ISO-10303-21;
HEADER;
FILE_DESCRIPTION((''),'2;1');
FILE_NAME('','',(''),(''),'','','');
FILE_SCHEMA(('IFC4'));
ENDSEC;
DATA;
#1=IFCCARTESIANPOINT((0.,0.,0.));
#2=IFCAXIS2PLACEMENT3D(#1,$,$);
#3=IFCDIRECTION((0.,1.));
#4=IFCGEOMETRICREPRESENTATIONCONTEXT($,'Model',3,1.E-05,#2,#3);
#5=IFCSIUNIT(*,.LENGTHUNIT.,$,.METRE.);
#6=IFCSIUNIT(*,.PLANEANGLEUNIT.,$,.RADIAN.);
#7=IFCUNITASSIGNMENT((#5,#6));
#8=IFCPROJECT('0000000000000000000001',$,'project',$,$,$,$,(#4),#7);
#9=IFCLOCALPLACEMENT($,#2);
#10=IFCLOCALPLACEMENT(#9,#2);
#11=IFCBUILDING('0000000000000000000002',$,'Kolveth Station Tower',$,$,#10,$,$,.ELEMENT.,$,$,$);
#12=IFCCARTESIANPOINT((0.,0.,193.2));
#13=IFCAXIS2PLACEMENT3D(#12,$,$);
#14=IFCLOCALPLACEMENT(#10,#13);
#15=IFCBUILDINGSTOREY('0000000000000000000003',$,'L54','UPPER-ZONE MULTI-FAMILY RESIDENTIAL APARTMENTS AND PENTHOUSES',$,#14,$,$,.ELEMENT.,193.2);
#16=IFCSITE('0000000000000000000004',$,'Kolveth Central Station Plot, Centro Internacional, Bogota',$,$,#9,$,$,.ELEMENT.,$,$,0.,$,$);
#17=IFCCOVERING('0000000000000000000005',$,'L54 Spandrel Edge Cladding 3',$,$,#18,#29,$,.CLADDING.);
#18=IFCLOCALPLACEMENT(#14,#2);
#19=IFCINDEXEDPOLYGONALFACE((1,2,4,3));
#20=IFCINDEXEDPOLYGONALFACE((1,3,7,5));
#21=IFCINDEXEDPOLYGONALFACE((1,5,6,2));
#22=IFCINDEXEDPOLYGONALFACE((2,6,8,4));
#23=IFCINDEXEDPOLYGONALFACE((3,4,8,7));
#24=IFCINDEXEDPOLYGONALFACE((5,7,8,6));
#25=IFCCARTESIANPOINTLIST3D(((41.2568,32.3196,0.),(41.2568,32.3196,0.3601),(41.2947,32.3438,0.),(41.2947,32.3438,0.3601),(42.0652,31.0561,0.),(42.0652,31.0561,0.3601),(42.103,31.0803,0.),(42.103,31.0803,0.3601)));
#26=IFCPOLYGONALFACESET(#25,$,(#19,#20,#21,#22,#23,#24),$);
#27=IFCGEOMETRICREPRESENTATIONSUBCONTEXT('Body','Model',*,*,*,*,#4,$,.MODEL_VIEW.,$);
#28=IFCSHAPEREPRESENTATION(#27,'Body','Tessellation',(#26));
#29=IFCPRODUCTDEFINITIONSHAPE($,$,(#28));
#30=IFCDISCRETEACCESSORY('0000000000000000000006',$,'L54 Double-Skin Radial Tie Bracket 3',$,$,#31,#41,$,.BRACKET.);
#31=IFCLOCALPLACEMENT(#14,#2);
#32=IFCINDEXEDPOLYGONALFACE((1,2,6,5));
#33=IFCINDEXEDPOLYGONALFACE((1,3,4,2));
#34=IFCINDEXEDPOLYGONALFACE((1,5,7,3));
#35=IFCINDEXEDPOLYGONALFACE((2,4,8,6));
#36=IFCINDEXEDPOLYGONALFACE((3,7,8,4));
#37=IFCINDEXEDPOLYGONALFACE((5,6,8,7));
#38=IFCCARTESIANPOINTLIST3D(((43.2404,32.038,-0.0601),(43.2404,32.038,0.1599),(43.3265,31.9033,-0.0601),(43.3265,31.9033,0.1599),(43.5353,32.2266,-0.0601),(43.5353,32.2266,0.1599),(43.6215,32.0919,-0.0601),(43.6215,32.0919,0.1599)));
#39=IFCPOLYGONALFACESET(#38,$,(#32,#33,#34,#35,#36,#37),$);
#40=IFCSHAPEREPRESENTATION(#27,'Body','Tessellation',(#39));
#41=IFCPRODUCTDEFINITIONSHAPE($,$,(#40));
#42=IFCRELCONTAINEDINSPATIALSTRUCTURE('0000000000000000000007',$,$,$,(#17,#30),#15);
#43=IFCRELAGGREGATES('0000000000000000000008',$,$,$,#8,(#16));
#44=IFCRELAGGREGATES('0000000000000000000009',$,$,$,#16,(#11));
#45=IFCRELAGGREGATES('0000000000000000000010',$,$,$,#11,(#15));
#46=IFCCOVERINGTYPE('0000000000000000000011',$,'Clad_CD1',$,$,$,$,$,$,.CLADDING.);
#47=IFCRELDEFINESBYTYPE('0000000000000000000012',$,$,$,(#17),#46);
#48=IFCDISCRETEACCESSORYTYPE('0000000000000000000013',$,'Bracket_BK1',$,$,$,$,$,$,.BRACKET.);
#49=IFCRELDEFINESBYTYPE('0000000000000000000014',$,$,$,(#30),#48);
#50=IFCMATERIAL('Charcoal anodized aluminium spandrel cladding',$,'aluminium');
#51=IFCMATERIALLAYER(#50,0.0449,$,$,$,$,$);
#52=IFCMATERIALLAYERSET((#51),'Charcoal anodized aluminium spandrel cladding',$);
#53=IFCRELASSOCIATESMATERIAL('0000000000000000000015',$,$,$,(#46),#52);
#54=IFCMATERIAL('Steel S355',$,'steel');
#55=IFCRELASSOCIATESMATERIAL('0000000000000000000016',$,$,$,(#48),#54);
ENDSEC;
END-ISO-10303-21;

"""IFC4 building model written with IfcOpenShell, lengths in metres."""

from ifc_helpers import new_model, si_unit, direction, frame, origin, origin_2d, place, context, subcontext, project, spatial, rectangle, extrude, source, transform, mapped, material, layer, layer_set, type_object, element, save


model = new_model("IFC4")

# Units and contexts
model_context = context("Model", 3, precision=1e-05, world=origin(), true_north=direction((0.0, 1.0)))
body_context = subcontext(model_context, "Body", "Model", "MODEL_VIEW")
ifc_project = project(units=[si_unit("LENGTHUNIT", "METRE"), si_unit("PLANEANGLEUNIT", "RADIAN")], contexts=[model_context])

# Site, building, storey
site_placement = place(None, origin())
site = spatial("IfcSite", under=ifc_project, at=site_placement, Name="Kolveth Central Station Plot, Centro Internacional, Bogota", CompositionType="ELEMENT", RefElevation=0.0)
building_placement = place(site_placement, origin())
building = spatial("IfcBuilding", under=site, at=building_placement, Name="Kolveth Station Tower", CompositionType="ELEMENT")
storey_placement = place(building_placement, frame((0.0, 0.0, 193.2)))
storey = spatial("IfcBuildingStorey", under=building, at=storey_placement, Name="L54", Description="UPPER-ZONE MULTI-FAMILY RESIDENTIAL APARTMENTS AND PENTHOUSES", CompositionType="ELEMENT", Elevation=193.2)

# Shared definitions
ifc_material_1 = material(Name="Steel S355", Category="steel")

# Covering
ifc_material_2 = material(Name="Charcoal anodized aluminium spandrel cladding", Category="aluminium")
ifc_layer_1 = layer(ifc_material_2, 0.0449)
ifc_layer_set_1 = layer_set([ifc_layer_1], Name="Charcoal anodized aluminium spandrel cladding")
covering_type = type_object("IfcCoveringType", Name="Clad_CD1", PredefinedType="CLADDING", material=ifc_layer_set_1)
shared_shape_1 = source(origin(), body_context, "Body", "SweptSolid", [
    extrude(rectangle(XDim=1.5, YDim=0.0449, at=origin_2d()), origin(), (0.0, 0.0, 1.0), 0.3601),
])
covering_placement = place(storey_placement, frame((41.6799, 31.7, 0.0), z_axis=(0.0, 0.0, 1.0), x_axis=(-0.538918, 0.842358, 0.0)))
element("IfcCovering", 1, at=covering_placement, inside=storey, type_object=covering_type, Name="L54 Spandrel Edge Cladding 3", PredefinedType="CLADDING", context=body_context, shape_type="MappedRepresentation", body=[
    mapped(shared_shape_1, transform((0.0, 0.0, 0.0), x_axis=(1.0, 0.0, 0.0), y_axis=(0.0, 1.0, 0.0), z_axis=(0.0, 0.0, 1.0), scale=1.0)),
])

# Discrete accessory
discrete_accessory_type = type_object("IfcDiscreteAccessoryType", Name="Bracket_BK1", PredefinedType="BRACKET", material=ifc_material_1)
shared_shape_2 = source(origin(), body_context, "Body", "SweptSolid", [
    extrude(rectangle(XDim=0.3501, YDim=0.1599, at=origin_2d()), origin(), (0.0, 0.0, 1.0), 0.22),
])
discrete_accessory_placement = place(storey_placement, frame((43.4309, 32.0649, -0.0601), z_axis=(0.0, 0.0, 1.0), x_axis=(0.842358, 0.538918, 0.0)))
element("IfcDiscreteAccessory", 2, at=discrete_accessory_placement, inside=storey, type_object=discrete_accessory_type, Name="L54 Double-Skin Radial Tie Bracket 3", PredefinedType="BRACKET", context=body_context, shape_type="MappedRepresentation", body=[
    mapped(shared_shape_2, transform((0.0, 0.0, 0.0), x_axis=(1.0, 0.0, 0.0), y_axis=(0.0, 1.0, 0.0), z_axis=(0.0, 0.0, 1.0), scale=1.0)),
])

save(model, "model.ifc")
